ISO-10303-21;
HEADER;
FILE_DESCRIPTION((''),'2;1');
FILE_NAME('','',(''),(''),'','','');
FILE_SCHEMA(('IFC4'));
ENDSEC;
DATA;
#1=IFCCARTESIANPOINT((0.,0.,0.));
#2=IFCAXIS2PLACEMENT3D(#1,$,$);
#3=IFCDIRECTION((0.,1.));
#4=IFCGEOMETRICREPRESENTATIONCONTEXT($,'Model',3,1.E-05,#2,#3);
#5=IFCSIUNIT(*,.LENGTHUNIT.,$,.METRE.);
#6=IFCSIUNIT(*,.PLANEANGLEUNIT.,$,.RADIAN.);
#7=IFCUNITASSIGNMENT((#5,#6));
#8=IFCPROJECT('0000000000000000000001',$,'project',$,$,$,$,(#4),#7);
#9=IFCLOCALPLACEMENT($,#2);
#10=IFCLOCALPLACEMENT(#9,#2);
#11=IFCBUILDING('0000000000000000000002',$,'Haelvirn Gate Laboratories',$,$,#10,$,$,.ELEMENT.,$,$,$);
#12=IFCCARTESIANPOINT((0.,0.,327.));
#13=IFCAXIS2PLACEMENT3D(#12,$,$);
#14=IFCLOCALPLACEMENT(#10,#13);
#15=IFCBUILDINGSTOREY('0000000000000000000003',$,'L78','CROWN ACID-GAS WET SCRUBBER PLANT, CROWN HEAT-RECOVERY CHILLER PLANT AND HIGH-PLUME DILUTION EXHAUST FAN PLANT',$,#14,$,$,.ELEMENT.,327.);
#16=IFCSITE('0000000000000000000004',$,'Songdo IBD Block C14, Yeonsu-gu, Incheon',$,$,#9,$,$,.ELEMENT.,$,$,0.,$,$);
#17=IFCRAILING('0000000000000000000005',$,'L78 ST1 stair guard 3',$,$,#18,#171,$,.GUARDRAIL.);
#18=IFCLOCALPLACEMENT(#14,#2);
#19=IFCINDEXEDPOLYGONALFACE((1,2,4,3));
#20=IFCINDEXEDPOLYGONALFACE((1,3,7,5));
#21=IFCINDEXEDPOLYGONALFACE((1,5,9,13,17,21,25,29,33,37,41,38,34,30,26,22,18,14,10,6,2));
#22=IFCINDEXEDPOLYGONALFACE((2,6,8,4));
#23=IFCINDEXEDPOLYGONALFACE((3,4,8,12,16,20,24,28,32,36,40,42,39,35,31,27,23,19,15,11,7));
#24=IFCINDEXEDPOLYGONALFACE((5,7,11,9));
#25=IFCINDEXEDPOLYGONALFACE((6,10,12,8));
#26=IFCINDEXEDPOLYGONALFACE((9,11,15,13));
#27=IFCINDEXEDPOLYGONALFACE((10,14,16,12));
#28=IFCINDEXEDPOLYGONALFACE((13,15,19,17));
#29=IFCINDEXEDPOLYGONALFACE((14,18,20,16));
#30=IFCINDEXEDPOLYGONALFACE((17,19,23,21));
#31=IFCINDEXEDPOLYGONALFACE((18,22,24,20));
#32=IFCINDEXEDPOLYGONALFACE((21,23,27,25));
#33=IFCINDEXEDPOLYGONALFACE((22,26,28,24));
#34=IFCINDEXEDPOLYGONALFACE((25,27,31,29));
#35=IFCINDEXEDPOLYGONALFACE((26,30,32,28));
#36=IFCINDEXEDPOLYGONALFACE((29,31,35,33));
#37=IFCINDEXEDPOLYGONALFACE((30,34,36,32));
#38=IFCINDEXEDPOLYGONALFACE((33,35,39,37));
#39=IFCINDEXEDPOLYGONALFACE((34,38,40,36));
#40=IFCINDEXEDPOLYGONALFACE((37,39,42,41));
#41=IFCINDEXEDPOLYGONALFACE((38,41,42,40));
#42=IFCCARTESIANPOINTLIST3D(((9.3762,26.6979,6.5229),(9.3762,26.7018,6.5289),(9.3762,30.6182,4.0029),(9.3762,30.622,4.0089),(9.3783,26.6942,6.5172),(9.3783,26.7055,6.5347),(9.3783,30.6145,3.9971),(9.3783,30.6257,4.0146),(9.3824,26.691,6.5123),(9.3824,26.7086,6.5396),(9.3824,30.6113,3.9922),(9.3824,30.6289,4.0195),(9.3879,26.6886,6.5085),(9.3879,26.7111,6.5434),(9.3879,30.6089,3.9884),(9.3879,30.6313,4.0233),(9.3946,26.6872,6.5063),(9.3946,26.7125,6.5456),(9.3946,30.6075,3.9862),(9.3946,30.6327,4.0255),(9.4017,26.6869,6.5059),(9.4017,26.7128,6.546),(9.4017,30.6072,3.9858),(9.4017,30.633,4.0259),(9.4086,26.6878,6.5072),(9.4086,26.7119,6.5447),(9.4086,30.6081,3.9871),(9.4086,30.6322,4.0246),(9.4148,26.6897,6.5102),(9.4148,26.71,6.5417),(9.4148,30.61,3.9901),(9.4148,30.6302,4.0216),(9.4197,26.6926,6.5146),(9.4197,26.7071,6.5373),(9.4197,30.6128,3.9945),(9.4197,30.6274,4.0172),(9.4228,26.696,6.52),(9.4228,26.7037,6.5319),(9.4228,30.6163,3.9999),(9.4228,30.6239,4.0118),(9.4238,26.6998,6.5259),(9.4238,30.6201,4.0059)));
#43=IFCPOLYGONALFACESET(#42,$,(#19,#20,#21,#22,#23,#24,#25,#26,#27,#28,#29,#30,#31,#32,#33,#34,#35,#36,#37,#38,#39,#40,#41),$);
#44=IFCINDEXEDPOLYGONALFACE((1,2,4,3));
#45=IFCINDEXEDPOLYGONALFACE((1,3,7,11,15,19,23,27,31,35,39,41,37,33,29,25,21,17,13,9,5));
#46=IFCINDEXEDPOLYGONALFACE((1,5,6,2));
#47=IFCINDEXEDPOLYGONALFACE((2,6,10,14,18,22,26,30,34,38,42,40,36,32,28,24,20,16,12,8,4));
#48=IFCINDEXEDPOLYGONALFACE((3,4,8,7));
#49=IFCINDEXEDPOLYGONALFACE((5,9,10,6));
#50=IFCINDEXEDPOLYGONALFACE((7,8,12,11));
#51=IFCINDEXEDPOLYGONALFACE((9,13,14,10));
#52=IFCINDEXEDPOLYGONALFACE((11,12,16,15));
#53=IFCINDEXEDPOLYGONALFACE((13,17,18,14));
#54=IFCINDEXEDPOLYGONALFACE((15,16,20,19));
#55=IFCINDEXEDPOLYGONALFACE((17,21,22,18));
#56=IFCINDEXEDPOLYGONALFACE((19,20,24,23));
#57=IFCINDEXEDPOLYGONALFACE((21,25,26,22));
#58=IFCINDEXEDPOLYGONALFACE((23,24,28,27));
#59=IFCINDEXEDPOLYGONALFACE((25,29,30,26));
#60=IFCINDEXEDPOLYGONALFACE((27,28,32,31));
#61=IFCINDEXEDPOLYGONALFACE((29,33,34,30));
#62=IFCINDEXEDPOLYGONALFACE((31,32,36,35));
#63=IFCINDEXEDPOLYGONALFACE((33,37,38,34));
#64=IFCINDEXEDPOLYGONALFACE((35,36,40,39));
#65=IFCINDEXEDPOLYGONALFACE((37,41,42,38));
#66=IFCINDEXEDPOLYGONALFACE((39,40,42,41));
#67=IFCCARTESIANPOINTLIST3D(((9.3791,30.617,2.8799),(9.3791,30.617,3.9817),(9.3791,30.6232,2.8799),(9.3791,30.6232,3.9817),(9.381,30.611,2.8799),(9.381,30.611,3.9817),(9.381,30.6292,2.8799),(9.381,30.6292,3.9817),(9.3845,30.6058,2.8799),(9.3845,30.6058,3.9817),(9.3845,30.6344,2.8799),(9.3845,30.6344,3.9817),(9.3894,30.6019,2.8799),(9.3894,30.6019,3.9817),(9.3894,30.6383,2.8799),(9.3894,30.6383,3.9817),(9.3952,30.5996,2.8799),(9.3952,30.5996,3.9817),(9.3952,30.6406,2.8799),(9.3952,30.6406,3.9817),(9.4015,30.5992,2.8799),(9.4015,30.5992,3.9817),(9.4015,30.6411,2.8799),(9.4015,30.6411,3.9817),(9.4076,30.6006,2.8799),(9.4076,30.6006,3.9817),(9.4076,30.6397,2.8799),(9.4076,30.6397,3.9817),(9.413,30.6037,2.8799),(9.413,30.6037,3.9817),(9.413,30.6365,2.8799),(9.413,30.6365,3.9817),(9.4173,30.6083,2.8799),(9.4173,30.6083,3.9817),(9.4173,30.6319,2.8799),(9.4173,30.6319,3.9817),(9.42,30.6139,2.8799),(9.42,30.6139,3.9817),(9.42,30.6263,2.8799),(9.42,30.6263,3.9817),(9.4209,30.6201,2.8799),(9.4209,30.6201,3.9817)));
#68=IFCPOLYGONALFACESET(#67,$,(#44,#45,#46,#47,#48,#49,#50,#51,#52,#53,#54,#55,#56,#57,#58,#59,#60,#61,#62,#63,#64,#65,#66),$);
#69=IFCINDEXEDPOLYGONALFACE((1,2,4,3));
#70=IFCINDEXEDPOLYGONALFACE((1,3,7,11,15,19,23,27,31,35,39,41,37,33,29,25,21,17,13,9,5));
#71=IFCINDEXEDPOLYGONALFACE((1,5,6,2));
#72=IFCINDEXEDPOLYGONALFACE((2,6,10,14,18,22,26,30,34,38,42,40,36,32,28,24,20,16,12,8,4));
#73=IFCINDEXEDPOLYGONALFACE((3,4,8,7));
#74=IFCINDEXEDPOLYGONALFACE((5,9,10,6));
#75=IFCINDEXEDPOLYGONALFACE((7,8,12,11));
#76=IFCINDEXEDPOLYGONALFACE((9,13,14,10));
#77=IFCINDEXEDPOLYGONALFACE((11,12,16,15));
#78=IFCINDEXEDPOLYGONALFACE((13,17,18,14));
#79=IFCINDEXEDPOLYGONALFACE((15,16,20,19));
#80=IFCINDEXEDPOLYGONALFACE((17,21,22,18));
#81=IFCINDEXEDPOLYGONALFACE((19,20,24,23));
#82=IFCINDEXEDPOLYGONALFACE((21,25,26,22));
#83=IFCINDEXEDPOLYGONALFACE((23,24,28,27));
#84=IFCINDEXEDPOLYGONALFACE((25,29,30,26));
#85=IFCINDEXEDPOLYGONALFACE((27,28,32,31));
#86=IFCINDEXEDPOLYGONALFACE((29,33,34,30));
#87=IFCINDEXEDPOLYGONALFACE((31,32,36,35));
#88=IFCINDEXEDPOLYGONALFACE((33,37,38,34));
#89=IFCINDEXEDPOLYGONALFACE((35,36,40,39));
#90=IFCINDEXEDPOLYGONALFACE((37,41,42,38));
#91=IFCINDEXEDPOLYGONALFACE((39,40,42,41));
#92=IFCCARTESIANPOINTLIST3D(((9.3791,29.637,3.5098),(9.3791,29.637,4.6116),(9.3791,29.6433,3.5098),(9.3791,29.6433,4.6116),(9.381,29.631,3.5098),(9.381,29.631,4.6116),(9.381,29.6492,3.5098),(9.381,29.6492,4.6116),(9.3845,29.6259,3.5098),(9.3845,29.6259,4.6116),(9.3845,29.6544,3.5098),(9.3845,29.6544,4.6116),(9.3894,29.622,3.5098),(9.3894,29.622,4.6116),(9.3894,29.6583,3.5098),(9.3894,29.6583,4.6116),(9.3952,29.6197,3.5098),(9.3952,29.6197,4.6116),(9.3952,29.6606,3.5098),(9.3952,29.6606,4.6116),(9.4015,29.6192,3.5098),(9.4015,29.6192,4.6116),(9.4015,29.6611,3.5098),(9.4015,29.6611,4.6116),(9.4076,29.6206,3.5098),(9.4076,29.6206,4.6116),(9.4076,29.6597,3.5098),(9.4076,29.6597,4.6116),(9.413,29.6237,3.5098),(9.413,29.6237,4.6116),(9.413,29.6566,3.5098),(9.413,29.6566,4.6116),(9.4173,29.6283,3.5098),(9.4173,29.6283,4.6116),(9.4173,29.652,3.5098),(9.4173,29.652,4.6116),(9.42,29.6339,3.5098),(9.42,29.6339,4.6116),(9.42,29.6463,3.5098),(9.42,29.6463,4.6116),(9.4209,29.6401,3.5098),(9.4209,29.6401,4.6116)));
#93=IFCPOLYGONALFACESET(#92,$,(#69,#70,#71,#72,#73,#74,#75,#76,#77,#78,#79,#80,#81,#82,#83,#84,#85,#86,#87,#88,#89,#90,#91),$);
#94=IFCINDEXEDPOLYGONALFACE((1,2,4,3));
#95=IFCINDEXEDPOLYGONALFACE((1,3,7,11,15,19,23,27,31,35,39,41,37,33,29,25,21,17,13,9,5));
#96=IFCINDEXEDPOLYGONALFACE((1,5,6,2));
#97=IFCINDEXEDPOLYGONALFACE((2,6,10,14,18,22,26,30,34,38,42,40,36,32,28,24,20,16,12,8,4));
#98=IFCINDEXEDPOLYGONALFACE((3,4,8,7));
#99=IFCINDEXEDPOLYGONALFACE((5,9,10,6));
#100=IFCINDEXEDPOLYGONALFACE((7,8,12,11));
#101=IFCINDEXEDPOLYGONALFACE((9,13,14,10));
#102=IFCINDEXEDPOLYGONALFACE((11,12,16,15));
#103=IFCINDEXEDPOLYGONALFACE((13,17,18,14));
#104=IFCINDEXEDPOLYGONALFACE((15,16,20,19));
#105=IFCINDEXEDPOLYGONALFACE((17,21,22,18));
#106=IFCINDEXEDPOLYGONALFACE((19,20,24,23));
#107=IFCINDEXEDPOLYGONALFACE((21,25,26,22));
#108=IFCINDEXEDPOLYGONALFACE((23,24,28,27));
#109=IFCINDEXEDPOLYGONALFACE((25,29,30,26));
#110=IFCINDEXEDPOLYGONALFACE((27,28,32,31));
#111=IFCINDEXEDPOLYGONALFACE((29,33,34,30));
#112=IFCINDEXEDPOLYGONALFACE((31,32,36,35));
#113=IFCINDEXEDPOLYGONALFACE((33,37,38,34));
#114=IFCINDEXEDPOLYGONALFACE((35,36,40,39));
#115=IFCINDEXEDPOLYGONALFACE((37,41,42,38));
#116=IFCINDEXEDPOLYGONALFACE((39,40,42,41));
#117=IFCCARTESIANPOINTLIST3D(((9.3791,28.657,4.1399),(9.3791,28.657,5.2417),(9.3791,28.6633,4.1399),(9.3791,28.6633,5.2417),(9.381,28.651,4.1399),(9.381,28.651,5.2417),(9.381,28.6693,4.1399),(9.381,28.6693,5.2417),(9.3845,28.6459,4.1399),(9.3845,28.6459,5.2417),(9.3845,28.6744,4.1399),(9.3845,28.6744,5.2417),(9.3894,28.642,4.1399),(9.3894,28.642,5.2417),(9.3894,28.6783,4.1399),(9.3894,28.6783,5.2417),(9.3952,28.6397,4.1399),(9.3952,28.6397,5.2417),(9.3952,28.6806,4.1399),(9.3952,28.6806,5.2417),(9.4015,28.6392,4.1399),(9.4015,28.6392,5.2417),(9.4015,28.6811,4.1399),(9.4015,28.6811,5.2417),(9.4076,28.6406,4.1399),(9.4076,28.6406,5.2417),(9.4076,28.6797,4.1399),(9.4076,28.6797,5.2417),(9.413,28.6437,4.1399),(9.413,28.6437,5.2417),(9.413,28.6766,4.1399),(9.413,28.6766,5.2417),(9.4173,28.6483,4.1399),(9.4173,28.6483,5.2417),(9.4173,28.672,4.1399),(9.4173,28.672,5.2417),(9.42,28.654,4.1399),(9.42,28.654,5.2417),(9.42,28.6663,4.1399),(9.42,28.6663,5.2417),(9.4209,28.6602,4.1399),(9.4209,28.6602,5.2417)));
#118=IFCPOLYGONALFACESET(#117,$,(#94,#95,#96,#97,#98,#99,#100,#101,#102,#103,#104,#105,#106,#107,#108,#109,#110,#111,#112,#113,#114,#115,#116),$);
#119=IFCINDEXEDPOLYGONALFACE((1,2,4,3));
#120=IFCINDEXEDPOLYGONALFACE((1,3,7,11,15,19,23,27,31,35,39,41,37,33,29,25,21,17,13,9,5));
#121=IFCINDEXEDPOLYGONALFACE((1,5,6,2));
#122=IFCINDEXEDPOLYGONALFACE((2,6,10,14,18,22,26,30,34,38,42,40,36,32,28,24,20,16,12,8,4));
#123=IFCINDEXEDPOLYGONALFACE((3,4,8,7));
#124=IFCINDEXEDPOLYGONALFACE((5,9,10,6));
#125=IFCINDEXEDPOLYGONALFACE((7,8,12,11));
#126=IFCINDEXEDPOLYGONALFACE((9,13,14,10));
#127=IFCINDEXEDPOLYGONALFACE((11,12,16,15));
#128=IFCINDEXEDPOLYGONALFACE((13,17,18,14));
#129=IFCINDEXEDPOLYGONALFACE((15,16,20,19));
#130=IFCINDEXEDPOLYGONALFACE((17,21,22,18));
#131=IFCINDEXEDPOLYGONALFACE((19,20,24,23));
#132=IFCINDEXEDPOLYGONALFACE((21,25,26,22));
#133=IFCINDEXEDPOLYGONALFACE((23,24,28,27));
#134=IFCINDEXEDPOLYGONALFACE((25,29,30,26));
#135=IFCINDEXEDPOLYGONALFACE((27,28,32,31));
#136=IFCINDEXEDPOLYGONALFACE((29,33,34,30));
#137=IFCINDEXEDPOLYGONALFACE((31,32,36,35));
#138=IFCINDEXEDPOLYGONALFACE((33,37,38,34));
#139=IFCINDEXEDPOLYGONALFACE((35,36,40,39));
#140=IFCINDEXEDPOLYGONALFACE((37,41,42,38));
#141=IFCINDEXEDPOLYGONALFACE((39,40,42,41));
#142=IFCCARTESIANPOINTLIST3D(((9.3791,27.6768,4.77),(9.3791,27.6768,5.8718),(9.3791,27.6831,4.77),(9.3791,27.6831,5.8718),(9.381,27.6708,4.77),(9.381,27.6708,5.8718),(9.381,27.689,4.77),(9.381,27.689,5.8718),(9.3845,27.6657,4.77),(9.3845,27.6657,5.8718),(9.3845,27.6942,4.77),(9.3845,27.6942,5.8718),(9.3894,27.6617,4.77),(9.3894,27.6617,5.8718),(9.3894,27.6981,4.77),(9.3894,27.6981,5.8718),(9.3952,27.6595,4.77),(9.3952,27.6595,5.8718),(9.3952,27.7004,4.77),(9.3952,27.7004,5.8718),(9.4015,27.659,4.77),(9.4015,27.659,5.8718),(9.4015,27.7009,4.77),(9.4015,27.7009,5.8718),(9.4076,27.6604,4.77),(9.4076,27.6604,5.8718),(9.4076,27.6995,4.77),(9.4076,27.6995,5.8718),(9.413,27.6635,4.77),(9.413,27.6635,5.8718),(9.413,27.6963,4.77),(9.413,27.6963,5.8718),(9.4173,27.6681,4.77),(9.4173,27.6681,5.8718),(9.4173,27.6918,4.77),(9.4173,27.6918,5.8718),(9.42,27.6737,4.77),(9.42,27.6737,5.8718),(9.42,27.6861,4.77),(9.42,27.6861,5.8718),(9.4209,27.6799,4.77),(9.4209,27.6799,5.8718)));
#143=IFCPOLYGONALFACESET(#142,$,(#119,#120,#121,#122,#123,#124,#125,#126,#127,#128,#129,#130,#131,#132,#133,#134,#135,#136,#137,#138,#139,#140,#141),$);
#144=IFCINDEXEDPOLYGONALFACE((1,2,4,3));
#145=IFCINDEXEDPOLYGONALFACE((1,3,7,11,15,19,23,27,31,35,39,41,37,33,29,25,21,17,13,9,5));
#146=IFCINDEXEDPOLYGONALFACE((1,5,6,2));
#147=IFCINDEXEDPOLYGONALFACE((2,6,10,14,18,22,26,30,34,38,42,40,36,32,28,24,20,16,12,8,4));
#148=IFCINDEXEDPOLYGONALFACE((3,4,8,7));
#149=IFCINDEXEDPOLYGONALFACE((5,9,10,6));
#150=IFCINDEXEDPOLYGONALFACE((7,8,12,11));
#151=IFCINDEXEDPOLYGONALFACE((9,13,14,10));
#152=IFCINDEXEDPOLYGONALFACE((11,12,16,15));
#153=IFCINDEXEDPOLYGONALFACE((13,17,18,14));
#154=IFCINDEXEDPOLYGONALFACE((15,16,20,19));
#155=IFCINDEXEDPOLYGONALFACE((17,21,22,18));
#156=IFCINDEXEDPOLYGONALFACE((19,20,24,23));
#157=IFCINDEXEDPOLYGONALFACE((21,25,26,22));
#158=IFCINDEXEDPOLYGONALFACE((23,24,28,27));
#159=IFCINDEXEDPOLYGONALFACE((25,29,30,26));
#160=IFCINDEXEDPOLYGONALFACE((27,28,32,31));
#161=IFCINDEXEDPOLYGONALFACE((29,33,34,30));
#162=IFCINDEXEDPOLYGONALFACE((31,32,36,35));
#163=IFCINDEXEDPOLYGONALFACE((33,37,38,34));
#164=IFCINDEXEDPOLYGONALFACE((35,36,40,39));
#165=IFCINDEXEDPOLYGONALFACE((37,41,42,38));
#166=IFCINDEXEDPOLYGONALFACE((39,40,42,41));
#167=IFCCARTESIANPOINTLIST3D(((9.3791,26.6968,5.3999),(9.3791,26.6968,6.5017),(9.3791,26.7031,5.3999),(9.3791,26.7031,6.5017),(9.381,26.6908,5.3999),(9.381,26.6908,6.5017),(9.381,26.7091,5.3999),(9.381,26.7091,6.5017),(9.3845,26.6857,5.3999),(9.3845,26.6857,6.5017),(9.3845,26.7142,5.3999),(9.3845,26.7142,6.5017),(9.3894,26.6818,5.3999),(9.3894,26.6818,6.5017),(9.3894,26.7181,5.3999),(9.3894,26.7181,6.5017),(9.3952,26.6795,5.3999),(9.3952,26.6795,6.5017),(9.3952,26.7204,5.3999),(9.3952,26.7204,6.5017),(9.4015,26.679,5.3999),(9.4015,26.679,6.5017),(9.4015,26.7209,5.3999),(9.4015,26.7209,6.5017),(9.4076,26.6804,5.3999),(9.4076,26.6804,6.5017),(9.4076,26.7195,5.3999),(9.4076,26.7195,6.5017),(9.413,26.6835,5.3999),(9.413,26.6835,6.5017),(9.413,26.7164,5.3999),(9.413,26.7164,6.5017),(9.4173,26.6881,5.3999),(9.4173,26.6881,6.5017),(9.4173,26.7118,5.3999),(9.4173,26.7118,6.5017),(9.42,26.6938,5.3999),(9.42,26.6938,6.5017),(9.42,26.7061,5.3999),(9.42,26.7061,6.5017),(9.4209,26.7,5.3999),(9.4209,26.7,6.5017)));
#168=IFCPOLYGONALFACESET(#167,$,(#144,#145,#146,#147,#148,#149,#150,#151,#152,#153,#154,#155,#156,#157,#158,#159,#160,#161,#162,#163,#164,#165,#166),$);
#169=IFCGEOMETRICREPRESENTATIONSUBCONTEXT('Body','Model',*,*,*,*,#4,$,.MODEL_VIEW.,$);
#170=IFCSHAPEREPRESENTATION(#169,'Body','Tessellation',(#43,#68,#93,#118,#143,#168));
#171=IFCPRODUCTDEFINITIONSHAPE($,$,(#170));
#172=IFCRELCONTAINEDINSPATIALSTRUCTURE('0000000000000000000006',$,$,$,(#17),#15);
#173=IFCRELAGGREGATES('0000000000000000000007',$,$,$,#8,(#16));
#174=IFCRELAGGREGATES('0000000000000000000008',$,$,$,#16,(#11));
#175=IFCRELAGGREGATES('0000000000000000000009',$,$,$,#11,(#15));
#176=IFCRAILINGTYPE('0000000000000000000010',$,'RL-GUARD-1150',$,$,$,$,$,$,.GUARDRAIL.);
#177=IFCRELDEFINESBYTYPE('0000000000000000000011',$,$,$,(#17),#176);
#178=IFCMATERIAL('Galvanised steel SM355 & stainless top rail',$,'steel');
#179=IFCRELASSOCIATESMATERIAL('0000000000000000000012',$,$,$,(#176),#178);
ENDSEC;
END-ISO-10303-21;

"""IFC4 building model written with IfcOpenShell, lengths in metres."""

from ifc_helpers import new_model, si_unit, direction, frame, origin, origin_2d, place, context, subcontext, project, spatial, circle, extrude, source, transform, mapped, material, type_object, element, save


model = new_model("IFC4")

# Units and contexts
model_context = context("Model", 3, precision=1e-05, world=origin(), true_north=direction((0.0, 1.0)))
body_context = subcontext(model_context, "Body", "Model", "MODEL_VIEW")
ifc_project = project(units=[si_unit("LENGTHUNIT", "METRE"), si_unit("PLANEANGLEUNIT", "RADIAN")], contexts=[model_context])

# Site, building, storey
site_placement = place(None, origin())
site = spatial("IfcSite", under=ifc_project, at=site_placement, Name="Songdo IBD Block C14, Yeonsu-gu, Incheon", CompositionType="ELEMENT", RefElevation=0.0)
building_placement = place(site_placement, origin())
building = spatial("IfcBuilding", under=site, at=building_placement, Name="Haelvirn Gate Laboratories", CompositionType="ELEMENT")
storey_placement = place(building_placement, frame((0.0, 0.0, 327.0)))
storey = spatial("IfcBuildingStorey", under=building, at=storey_placement, Name="L78", Description="CROWN ACID-GAS WET SCRUBBER PLANT, CROWN HEAT-RECOVERY CHILLER PLANT AND HIGH-PLUME DILUTION EXHAUST FAN PLANT", CompositionType="ELEMENT", Elevation=327.0)

# Railing
ifc_material_1 = material(Name="Galvanised steel SM355 & stainless top rail", Category="steel")
railing_type_1 = type_object("IfcRailingType", Name="RL-GUARD-1150", PredefinedType="GUARDRAIL", material=ifc_material_1)
shared_shape_1 = source(origin(), body_context, "Body", "SweptSolid", [
    extrude(circle(Radius=0.0239, at=origin_2d()), frame((0.0, 0.0, 1.126), z_axis=(0.0, -0.841187, 0.540744), x_axis=(1.0, 0.0, 0.0)), (0.0, 0.0, 1.0), 4.6604),
    extrude(circle(Radius=0.021, at=origin_2d()), origin(), (0.0, 0.0, 1.0), 1.1018),
    extrude(circle(Radius=0.021, at=origin_2d()), frame((0.0, -0.98, 0.6299)), (0.0, 0.0, 1.0), 1.1018),
    extrude(circle(Radius=0.021, at=origin_2d()), frame((0.0, -1.96, 1.26)), (0.0, 0.0, 1.0), 1.1018),
    extrude(circle(Radius=0.021, at=origin_2d()), frame((0.0, -2.9402, 1.8901)), (0.0, 0.0, 1.0), 1.1018),
    extrude(circle(Radius=0.021, at=origin_2d()), frame((0.0, -3.9202, 2.52)), (0.0, 0.0, 1.0), 1.1018),
])
railing_1_placement = place(storey_placement, frame((9.3999, 30.6201, 2.8799)))
element("IfcRailing", 1, at=railing_1_placement, inside=storey, type_object=railing_type_1, Name="L78 ST1 stair guard 3", PredefinedType="GUARDRAIL", context=body_context, shape_type="MappedRepresentation", body=[
    mapped(shared_shape_1, transform((0.0, 0.0, 0.0), scale=1.0)),
])

save(model, "model.ifc")
